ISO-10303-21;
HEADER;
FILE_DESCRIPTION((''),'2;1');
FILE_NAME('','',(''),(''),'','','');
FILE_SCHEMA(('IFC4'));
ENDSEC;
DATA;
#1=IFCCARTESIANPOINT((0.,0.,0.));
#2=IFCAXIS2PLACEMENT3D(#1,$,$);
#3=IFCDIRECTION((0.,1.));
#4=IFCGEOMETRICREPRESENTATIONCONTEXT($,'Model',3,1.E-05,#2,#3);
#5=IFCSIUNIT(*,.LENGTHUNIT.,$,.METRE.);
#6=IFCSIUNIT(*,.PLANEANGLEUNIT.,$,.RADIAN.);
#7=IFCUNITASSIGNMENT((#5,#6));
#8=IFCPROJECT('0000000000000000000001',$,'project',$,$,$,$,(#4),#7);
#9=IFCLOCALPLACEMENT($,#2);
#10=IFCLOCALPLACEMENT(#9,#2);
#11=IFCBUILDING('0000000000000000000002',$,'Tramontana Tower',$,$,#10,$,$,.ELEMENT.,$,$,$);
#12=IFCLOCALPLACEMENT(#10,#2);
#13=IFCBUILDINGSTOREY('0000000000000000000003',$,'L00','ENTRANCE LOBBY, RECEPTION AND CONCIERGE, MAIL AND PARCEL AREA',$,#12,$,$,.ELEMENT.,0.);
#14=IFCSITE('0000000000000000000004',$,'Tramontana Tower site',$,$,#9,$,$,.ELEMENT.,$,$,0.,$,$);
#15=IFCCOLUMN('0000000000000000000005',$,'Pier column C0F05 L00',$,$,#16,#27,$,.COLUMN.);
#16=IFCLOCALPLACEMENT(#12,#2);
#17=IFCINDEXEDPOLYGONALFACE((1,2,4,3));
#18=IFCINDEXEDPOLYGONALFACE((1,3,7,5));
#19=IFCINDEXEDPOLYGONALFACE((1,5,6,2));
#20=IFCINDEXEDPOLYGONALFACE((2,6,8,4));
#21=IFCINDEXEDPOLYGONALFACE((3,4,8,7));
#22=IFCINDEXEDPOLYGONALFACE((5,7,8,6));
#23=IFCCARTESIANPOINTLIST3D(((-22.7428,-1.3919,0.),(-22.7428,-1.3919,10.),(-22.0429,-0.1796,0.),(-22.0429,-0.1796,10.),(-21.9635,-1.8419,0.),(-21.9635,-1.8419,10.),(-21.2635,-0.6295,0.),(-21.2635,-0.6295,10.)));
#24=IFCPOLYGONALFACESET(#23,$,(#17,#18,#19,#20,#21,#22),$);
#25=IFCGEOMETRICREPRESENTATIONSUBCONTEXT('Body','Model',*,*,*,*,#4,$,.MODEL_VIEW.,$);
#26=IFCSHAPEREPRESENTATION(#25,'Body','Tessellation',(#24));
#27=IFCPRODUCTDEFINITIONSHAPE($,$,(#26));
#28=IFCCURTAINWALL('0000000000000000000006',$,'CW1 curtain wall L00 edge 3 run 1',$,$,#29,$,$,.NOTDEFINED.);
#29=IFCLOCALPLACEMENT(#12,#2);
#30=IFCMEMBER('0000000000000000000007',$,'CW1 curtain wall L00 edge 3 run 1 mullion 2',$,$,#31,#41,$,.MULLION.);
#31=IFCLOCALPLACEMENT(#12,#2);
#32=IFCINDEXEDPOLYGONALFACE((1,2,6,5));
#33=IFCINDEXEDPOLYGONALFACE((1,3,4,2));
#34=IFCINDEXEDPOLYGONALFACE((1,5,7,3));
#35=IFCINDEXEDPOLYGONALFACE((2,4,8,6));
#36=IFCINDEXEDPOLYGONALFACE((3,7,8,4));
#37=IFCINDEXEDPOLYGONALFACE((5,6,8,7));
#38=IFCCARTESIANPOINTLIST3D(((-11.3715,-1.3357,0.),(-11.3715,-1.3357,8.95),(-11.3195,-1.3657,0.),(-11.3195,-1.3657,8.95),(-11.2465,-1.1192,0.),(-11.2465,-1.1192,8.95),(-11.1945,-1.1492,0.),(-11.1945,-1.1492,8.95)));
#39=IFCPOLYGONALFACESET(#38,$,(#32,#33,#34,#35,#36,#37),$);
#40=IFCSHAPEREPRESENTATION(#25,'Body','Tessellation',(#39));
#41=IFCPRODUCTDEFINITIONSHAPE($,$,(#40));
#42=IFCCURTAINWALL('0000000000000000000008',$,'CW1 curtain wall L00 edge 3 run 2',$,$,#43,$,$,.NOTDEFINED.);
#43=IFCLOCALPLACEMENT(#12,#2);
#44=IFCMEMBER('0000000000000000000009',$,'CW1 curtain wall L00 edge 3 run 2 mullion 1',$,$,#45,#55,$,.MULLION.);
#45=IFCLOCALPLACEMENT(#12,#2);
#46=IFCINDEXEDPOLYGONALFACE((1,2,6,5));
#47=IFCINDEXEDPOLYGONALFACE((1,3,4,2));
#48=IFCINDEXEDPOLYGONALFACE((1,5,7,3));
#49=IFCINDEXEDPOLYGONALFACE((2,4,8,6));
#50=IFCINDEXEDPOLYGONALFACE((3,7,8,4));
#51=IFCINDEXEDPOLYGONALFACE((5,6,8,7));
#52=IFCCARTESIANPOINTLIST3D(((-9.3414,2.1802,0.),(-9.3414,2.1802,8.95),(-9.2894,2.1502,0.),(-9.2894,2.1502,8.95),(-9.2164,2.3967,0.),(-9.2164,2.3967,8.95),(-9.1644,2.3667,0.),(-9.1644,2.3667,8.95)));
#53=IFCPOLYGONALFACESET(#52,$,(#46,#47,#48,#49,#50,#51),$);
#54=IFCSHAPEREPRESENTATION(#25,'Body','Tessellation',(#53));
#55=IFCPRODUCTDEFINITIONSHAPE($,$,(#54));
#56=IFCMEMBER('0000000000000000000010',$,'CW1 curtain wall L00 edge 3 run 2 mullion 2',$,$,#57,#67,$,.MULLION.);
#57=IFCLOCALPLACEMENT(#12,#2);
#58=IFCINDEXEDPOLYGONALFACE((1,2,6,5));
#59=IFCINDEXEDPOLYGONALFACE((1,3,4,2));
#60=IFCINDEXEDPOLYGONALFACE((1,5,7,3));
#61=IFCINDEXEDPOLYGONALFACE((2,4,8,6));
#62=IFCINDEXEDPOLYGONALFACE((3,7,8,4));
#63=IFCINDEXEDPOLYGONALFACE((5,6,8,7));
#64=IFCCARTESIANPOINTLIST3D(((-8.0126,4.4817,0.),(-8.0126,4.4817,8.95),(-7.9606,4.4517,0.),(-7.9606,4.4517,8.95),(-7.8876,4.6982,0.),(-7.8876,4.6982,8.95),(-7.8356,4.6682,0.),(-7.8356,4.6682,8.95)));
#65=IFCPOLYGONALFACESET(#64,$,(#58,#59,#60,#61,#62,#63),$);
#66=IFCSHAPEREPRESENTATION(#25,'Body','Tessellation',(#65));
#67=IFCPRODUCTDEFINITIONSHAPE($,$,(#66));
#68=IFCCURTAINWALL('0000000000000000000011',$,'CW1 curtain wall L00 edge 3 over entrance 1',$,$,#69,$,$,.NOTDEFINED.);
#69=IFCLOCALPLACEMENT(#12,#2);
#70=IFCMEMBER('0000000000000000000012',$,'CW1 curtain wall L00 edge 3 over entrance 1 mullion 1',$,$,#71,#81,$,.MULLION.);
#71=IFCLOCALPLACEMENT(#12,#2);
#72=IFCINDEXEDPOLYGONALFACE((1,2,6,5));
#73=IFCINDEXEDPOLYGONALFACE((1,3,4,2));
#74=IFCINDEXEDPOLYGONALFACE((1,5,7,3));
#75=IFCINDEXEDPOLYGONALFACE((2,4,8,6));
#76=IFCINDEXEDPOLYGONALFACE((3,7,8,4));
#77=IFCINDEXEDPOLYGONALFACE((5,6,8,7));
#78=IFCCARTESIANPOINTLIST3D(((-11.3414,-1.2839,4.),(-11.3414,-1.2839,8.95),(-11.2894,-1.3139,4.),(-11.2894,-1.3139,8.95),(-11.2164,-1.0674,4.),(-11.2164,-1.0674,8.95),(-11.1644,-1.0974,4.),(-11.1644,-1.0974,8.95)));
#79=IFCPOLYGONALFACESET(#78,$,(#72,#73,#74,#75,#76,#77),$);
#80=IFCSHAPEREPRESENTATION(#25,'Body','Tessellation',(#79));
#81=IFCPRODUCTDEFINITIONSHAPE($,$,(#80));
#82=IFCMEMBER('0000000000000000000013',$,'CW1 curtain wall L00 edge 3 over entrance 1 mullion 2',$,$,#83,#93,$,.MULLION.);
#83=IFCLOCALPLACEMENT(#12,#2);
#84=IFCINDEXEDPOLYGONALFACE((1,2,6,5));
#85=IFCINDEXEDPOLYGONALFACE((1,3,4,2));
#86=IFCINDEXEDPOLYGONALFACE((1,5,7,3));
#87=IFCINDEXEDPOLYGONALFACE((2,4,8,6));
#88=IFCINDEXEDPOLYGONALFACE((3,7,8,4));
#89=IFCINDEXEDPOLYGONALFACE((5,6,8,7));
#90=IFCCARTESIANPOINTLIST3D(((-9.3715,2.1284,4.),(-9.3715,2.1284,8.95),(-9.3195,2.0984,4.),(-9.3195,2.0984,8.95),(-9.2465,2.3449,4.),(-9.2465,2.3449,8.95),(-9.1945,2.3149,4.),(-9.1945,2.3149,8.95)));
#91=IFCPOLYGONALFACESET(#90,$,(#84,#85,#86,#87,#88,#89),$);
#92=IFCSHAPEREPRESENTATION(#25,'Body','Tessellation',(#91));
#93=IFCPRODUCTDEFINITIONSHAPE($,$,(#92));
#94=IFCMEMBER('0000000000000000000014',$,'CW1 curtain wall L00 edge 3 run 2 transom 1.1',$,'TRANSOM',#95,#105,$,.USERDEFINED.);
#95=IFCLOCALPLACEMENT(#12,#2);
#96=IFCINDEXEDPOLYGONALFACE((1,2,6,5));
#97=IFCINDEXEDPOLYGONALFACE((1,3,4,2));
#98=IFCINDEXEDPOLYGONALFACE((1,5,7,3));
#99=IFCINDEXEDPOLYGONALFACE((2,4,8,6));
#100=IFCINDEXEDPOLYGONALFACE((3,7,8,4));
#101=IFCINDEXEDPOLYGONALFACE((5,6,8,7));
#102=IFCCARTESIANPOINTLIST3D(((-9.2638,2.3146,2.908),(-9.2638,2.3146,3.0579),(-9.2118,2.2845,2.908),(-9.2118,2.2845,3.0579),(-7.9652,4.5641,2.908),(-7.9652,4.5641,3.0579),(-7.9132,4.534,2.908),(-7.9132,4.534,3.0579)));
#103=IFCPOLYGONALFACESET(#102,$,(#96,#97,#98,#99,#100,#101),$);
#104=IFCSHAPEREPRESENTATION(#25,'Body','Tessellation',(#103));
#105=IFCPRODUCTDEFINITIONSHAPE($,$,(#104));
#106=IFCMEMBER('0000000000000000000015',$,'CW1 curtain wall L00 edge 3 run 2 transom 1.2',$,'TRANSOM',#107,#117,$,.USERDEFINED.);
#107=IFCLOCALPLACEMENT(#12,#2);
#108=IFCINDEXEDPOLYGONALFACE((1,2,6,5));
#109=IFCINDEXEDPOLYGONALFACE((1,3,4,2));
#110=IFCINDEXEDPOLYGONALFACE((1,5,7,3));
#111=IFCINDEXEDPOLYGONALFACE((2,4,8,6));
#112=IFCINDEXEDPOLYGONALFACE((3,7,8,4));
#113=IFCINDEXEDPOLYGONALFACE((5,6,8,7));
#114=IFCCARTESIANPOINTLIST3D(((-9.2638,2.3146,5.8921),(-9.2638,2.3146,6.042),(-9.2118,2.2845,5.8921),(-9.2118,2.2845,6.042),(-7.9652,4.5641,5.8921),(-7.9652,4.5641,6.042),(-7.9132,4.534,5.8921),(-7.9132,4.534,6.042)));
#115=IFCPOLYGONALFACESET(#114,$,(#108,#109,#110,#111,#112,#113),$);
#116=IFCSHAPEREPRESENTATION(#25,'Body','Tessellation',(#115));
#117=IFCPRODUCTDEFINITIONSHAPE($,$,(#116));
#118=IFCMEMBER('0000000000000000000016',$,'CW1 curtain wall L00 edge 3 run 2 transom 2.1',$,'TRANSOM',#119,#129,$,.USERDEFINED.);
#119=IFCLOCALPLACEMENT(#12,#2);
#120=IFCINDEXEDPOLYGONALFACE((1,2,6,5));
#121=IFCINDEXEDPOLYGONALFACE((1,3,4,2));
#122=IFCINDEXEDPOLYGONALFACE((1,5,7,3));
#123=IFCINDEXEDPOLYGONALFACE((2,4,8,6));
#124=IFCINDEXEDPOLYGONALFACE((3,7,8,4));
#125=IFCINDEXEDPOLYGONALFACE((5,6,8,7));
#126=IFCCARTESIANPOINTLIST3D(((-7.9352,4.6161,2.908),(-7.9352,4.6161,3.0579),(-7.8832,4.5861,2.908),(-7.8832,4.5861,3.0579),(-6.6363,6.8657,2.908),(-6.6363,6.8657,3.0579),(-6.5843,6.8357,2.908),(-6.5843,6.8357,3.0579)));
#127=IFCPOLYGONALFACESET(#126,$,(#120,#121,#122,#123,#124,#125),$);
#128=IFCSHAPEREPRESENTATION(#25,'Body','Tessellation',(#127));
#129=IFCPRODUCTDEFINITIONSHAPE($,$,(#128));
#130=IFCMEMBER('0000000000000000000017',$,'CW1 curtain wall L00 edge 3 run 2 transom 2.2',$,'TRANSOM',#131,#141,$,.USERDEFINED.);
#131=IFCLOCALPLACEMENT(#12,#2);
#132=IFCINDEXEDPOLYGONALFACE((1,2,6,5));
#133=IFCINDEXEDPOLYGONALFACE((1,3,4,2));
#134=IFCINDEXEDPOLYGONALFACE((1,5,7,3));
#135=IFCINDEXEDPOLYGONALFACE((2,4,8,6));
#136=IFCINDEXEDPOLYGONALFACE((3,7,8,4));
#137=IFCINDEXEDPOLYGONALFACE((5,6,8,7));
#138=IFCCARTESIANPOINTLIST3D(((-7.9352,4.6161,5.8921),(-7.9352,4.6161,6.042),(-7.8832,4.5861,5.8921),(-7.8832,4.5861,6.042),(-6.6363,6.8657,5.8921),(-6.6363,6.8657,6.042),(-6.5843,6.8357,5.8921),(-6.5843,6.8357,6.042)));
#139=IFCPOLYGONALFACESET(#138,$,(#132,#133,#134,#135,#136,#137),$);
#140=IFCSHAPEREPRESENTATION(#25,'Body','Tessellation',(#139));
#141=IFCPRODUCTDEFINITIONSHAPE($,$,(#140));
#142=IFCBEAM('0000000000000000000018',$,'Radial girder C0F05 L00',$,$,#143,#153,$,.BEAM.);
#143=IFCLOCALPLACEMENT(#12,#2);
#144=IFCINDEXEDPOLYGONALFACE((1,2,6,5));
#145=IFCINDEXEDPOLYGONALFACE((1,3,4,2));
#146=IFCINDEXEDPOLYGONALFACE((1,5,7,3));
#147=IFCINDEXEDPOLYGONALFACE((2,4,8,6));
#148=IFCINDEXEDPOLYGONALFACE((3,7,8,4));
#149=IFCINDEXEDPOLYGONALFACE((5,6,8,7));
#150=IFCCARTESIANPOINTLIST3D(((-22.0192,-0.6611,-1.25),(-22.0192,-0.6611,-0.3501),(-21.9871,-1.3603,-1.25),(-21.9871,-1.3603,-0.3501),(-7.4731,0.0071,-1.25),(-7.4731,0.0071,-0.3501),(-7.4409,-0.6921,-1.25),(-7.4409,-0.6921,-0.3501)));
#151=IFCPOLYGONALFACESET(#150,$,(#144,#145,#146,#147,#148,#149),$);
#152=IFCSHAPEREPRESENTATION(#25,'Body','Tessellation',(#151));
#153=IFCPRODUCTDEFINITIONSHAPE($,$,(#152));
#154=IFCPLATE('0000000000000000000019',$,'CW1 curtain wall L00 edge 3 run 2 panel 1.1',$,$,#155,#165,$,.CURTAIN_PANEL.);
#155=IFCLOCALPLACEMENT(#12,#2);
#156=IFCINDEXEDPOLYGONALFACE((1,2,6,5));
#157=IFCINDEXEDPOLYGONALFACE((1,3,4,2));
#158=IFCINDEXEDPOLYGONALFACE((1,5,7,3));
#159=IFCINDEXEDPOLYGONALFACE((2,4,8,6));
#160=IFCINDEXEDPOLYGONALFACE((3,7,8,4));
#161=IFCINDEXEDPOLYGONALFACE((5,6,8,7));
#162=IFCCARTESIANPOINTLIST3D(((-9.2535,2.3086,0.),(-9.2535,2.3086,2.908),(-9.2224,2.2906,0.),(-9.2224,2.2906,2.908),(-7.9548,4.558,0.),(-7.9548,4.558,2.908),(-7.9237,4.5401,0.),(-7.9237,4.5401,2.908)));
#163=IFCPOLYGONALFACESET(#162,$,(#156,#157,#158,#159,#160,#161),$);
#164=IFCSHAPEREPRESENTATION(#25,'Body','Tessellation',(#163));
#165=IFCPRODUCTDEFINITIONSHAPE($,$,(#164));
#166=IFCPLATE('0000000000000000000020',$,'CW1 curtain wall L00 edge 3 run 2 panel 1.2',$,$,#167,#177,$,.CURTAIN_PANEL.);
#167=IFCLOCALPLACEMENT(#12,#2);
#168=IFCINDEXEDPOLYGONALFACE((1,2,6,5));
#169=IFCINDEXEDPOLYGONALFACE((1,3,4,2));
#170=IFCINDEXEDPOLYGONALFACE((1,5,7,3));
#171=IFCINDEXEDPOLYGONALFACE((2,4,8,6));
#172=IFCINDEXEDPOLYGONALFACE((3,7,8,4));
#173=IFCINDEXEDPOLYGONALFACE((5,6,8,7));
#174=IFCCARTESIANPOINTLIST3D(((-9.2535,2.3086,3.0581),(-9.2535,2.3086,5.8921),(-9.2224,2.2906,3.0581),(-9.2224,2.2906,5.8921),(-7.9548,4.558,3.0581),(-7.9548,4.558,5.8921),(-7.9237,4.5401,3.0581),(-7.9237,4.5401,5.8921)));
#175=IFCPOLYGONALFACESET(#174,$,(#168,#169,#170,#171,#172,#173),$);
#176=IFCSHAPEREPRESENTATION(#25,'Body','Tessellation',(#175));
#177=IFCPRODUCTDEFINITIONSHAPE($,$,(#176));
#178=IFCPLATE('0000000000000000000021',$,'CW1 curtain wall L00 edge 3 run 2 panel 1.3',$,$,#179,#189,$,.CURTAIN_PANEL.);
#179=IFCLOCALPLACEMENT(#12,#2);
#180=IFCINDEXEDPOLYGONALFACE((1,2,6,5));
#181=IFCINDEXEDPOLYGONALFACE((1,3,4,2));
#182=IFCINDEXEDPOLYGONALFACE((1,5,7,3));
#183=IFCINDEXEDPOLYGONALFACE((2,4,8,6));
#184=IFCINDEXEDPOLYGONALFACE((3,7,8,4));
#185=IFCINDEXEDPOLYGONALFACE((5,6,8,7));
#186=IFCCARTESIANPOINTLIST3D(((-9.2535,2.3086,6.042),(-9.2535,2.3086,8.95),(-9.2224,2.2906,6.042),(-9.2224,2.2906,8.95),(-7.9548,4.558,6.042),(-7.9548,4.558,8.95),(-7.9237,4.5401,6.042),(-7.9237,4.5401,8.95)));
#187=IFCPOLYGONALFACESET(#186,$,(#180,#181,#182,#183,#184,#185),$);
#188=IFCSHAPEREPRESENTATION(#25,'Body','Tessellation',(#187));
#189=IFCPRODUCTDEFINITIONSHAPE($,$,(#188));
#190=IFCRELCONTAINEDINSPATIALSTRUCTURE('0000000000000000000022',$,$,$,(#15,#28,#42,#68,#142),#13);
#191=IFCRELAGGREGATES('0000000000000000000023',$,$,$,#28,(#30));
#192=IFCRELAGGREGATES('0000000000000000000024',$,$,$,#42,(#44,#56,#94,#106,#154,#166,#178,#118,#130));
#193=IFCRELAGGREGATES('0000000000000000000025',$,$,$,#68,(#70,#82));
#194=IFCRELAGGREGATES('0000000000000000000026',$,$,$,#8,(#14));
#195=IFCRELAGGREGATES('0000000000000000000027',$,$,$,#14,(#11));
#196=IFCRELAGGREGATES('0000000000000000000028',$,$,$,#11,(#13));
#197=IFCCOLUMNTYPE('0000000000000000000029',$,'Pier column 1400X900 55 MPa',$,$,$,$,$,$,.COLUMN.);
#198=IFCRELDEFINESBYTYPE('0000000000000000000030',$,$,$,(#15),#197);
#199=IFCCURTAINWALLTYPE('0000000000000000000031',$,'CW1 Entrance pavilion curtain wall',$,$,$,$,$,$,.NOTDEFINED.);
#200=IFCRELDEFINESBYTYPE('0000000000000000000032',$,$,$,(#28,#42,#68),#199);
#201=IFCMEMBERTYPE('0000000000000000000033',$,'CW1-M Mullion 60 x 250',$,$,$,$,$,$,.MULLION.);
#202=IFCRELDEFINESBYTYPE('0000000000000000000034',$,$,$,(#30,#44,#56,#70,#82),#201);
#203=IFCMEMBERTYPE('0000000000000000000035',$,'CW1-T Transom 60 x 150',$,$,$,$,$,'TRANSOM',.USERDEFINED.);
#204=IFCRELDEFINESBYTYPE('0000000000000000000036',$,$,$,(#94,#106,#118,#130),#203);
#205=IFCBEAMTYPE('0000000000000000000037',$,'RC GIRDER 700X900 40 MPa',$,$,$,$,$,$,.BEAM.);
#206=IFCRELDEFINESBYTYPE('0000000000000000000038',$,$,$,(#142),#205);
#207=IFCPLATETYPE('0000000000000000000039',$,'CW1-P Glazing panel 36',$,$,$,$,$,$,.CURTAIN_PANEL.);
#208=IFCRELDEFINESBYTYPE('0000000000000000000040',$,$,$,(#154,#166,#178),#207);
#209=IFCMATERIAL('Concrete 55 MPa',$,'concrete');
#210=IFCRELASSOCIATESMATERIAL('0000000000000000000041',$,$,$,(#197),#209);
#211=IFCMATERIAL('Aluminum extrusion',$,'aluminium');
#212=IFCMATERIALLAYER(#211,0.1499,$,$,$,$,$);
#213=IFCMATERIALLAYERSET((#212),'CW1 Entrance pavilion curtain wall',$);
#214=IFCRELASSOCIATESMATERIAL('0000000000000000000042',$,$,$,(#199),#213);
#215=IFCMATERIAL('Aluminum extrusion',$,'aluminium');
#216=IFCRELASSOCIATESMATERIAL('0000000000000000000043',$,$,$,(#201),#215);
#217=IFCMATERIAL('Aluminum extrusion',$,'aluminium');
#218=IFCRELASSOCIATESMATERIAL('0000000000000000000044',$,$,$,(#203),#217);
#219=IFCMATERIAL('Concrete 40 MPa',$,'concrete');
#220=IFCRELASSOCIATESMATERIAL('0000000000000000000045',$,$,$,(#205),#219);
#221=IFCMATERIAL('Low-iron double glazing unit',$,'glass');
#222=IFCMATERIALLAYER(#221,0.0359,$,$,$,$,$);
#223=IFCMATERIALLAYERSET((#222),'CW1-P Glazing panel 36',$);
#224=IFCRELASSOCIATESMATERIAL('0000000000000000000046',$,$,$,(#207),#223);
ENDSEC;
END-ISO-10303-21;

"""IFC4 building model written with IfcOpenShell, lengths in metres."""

from ifc_helpers import new_model, si_unit, direction, frame, origin, origin_2d, place, context, subcontext, project, spatial, rectangle, extrude, material, layer, layer_set, material_profile, profile_set, type_object, element, aggregate, save


model = new_model("IFC4")

# Units and contexts
model_context = context("Model", 3, precision=1e-05, world=origin(), true_north=direction((0.0, 1.0)))
body_context = subcontext(model_context, "Body", "Model", "MODEL_VIEW")
ifc_project = project(units=[si_unit("LENGTHUNIT", "METRE"), si_unit("PLANEANGLEUNIT", "RADIAN")], contexts=[model_context])

# Site, building, storey
site_placement = place(None, origin())
site = spatial("IfcSite", under=ifc_project, at=site_placement, Name="Tramontana Tower site", CompositionType="ELEMENT", RefElevation=0.0)
building_placement = place(site_placement, origin())
building = spatial("IfcBuilding", under=site, at=building_placement, Name="Tramontana Tower", CompositionType="ELEMENT")
storey_placement = place(building_placement, origin())
storey = spatial("IfcBuildingStorey", under=building, at=storey_placement, Name="L00", Description="ENTRANCE LOBBY, RECEPTION AND CONCIERGE, MAIL AND PARCEL AREA", CompositionType="ELEMENT", Elevation=0.0)

# Column
ifc_material_1 = material(Name="Concrete 55 MPa", Category="concrete")
ifc_material_profile_1 = material_profile(ifc_material_1, rectangle(XDim=1.3999, YDim=0.8999, at=origin_2d()), Name="Pier column 1400X900 55 MPa")
ifc_profile_set_1 = profile_set([ifc_material_profile_1], Name="Concrete 55 MPa")
column_type = type_object("IfcColumnType", Name="Pier column 1400X900 55 MPa", PredefinedType="COLUMN", material=ifc_profile_set_1)
column_placement = place(storey_placement, frame((-22.0032, -1.0107, 0.0), z_axis=(0.0, 0.0, 1.0), x_axis=(-0.5, -0.866025, 0.0)))
element("IfcColumn", 1, at=column_placement, inside=storey, type_object=column_type, Name="Pier column C0F05 L00", PredefinedType="COLUMN", context=body_context, shape_type="SweptSolid", body=[
    extrude(rectangle(XDim=1.3999, YDim=0.8999, at=origin_2d()), origin(), (0.0, 0.0, 1.0), 10.0),
])

# Curtain wall, member
ifc_material_2 = material(Name="Aluminum extrusion", Category="aluminium")
ifc_layer_1 = layer(ifc_material_2, 0.1499)
ifc_layer_set_1 = layer_set([ifc_layer_1], Name="CW1 Entrance pavilion curtain wall")
curtain_wall_type = type_object("IfcCurtainWallType", Name="CW1 Entrance pavilion curtain wall", PredefinedType="NOTDEFINED", material=ifc_layer_set_1)
curtain_wall_1_placement = place(storey_placement, origin())
curtain_wall_1 = element("IfcCurtainWall", 2, at=curtain_wall_1_placement, inside=storey, type_object=curtain_wall_type, Name="CW1 curtain wall L00 edge 3 run 1", PredefinedType="NOTDEFINED")
ifc_material_3 = material(Name="Aluminum extrusion", Category="aluminium")
ifc_material_profile_2 = material_profile(ifc_material_3, rectangle(XDim=0.0601, YDim=0.25, at=origin_2d()), Name="CW1-M Mullion 60 x 250")
ifc_profile_set_2 = profile_set([ifc_material_profile_2], Name="Aluminum extrusion")
member_type_1 = type_object("IfcMemberType", Name="CW1-M Mullion 60 x 250", PredefinedType="MULLION", material=ifc_profile_set_2)
member_1_placement = place(storey_placement, frame((-11.283, -1.2424, 0.0), z_axis=(0.0, 0.0, 1.0), x_axis=(-0.866025, 0.5, 0.0)))
member_1 = element("IfcMember", 3, at=member_1_placement, type_object=member_type_1, Name="CW1 curtain wall L00 edge 3 run 1 mullion 2", PredefinedType="MULLION", context=body_context, shape_type="SweptSolid", body=[
    extrude(rectangle(XDim=0.0601, YDim=0.25, at=origin_2d()), origin(), (0.0, 0.0, 1.0), 8.95),
])
aggregate(curtain_wall_1, [member_1])

# Curtain walls, members
curtain_wall_2_placement = place(storey_placement, origin())
curtain_wall_2 = element("IfcCurtainWall", 4, at=curtain_wall_2_placement, inside=storey, type_object=curtain_wall_type, Name="CW1 curtain wall L00 edge 3 run 2", PredefinedType="NOTDEFINED")
member_2_placement = place(storey_placement, frame((-9.2529, 2.2734, 0.0), z_axis=(0.0, 0.0, 1.0), x_axis=(-0.866025, 0.5, 0.0)))
member_2 = element("IfcMember", 5, at=member_2_placement, type_object=member_type_1, Name="CW1 curtain wall L00 edge 3 run 2 mullion 1", PredefinedType="MULLION", context=body_context, shape_type="SweptSolid", body=[
    extrude(rectangle(XDim=0.0601, YDim=0.25, at=origin_2d()), origin(), (0.0, 0.0, 1.0), 8.95),
])
member_3_placement = place(storey_placement, frame((-7.9241, 4.575, 0.0), z_axis=(0.0, 0.0, 1.0), x_axis=(-0.866025, 0.5, 0.0)))
member_3 = element("IfcMember", 6, at=member_3_placement, type_object=member_type_1, Name="CW1 curtain wall L00 edge 3 run 2 mullion 2", PredefinedType="MULLION", context=body_context, shape_type="SweptSolid", body=[
    extrude(rectangle(XDim=0.0601, YDim=0.25, at=origin_2d()), origin(), (0.0, 0.0, 1.0), 8.95),
])
curtain_wall_3_placement = place(storey_placement, origin())
curtain_wall_3 = element("IfcCurtainWall", 7, at=curtain_wall_3_placement, inside=storey, type_object=curtain_wall_type, Name="CW1 curtain wall L00 edge 3 over entrance 1", PredefinedType="NOTDEFINED")
member_4_placement = place(storey_placement, frame((-11.2529, -1.1907, 4.0), z_axis=(0.0, 0.0, 1.0), x_axis=(-0.866025, 0.5, 0.0)))
member_4 = element("IfcMember", 8, at=member_4_placement, type_object=member_type_1, Name="CW1 curtain wall L00 edge 3 over entrance 1 mullion 1", PredefinedType="MULLION", context=body_context, shape_type="SweptSolid", body=[
    extrude(rectangle(XDim=0.0601, YDim=0.25, at=origin_2d()), origin(), (0.0, 0.0, 1.0), 4.95),
])
member_5_placement = place(storey_placement, frame((-9.283, 2.2217, 4.0), z_axis=(0.0, 0.0, 1.0), x_axis=(-0.866025, 0.5, 0.0)))
member_5 = element("IfcMember", 9, at=member_5_placement, type_object=member_type_1, Name="CW1 curtain wall L00 edge 3 over entrance 1 mullion 2", PredefinedType="MULLION", context=body_context, shape_type="SweptSolid", body=[
    extrude(rectangle(XDim=0.0601, YDim=0.25, at=origin_2d()), origin(), (0.0, 0.0, 1.0), 4.95),
])

# Members
ifc_material_4 = material(Name="Aluminum extrusion", Category="aluminium")
ifc_material_profile_3 = material_profile(ifc_material_4, rectangle(XDim=0.0601, YDim=0.1499, at=origin_2d()), Name="CW1-T Transom 60 x 150")
ifc_profile_set_3 = profile_set([ifc_material_profile_3], Name="Aluminum extrusion")
member_type_2 = type_object("IfcMemberType", Name="CW1-T Transom 60 x 150", ElementType="TRANSOM", PredefinedType="USERDEFINED", material=ifc_profile_set_3)
member_6_placement = place(storey_placement, frame((-9.2378, 2.2996, 2.9829), z_axis=(0.49995, 0.866054, 0.0), x_axis=(-0.866054, 0.49995, 0.0)))
member_6 = element("IfcMember", 10, at=member_6_placement, type_object=member_type_2, Name="CW1 curtain wall L00 edge 3 run 2 transom 1.1", ObjectType="TRANSOM", PredefinedType="USERDEFINED", context=body_context, shape_type="SweptSolid", body=[
    extrude(rectangle(XDim=0.0601, YDim=0.1499, at=origin_2d()), origin(), (0.0, 0.0, 1.0), 2.5974),
])
member_7_placement = place(storey_placement, frame((-9.2378, 2.2996, 5.967), z_axis=(0.49995, 0.866054, 0.0), x_axis=(-0.866054, 0.49995, 0.0)))
member_7 = element("IfcMember", 11, at=member_7_placement, type_object=member_type_2, Name="CW1 curtain wall L00 edge 3 run 2 transom 1.2", ObjectType="TRANSOM", PredefinedType="USERDEFINED", context=body_context, shape_type="SweptSolid", body=[
    extrude(rectangle(XDim=0.0601, YDim=0.1499, at=origin_2d()), origin(), (0.0, 0.0, 1.0), 2.5974),
])
member_8_placement = place(storey_placement, frame((-7.9092, 4.6011, 2.9829), z_axis=(0.500021, 0.866013, 0.0), x_axis=(-0.866013, 0.500021, 0.0)))
member_8 = element("IfcMember", 12, at=member_8_placement, type_object=member_type_2, Name="CW1 curtain wall L00 edge 3 run 2 transom 2.1", ObjectType="TRANSOM", PredefinedType="USERDEFINED", context=body_context, shape_type="SweptSolid", body=[
    extrude(rectangle(XDim=0.0601, YDim=0.1499, at=origin_2d()), origin(), (0.0, 0.0, 1.0), 2.5977),
])
member_9_placement = place(storey_placement, frame((-7.9092, 4.6011, 5.967), z_axis=(0.500021, 0.866013, 0.0), x_axis=(-0.866013, 0.500021, 0.0)))
member_9 = element("IfcMember", 13, at=member_9_placement, type_object=member_type_2, Name="CW1 curtain wall L00 edge 3 run 2 transom 2.2", ObjectType="TRANSOM", PredefinedType="USERDEFINED", context=body_context, shape_type="SweptSolid", body=[
    extrude(rectangle(XDim=0.0601, YDim=0.1499, at=origin_2d()), origin(), (0.0, 0.0, 1.0), 2.5977),
])

# Beam
ifc_material_5 = material(Name="Concrete 40 MPa", Category="concrete")
ifc_material_profile_4 = material_profile(ifc_material_5, rectangle(XDim=0.7, YDim=0.8999, at=origin_2d()), Name="RC GIRDER 700X900 40 MPa")
ifc_profile_set_4 = profile_set([ifc_material_profile_4], Name="Concrete 40 MPa")
beam_type = type_object("IfcBeamType", Name="RC GIRDER 700X900 40 MPa", PredefinedType="BEAM", material=ifc_profile_set_4)
beam_placement = place(storey_placement, frame((-22.0032, -1.0107, -0.8), z_axis=(0.998947, 0.045889, 0.0), x_axis=(-0.045889, 0.998947, 0.0)))
element("IfcBeam", 14, at=beam_placement, inside=storey, type_object=beam_type, Name="Radial girder C0F05 L00", PredefinedType="BEAM", context=body_context, shape_type="SweptSolid", body=[
    extrude(rectangle(XDim=0.7, YDim=0.8999, at=origin_2d()), origin(), (0.0, 0.0, 1.0), 14.5615),
])

# Plates
ifc_material_6 = material(Name="Low-iron double glazing unit", Category="glass")
ifc_layer_2 = layer(ifc_material_6, 0.0359)
ifc_layer_set_2 = layer_set([ifc_layer_2], Name="CW1-P Glazing panel 36")
plate_type = type_object("IfcPlateType", Name="CW1-P Glazing panel 36", PredefinedType="CURTAIN_PANEL", material=ifc_layer_set_2)
plate_1_placement = place(storey_placement, frame((-8.5886, 3.4243, 0.0), z_axis=(0.0, 0.0, 1.0), x_axis=(0.5, 0.866025, 0.0)))
plate_1 = element("IfcPlate", 15, at=plate_1_placement, type_object=plate_type, Name="CW1 curtain wall L00 edge 3 run 2 panel 1.1", PredefinedType="CURTAIN_PANEL", context=body_context, shape_type="SweptSolid", body=[
    extrude(rectangle(XDim=2.5974, YDim=0.0359, at=origin_2d()), origin(), (0.0, 0.0, 1.0), 2.908),
])
plate_2_placement = place(storey_placement, frame((-8.5886, 3.4243, 3.0581), z_axis=(0.0, 0.0, 1.0), x_axis=(0.5, 0.866025, 0.0)))
plate_2 = element("IfcPlate", 16, at=plate_2_placement, type_object=plate_type, Name="CW1 curtain wall L00 edge 3 run 2 panel 1.2", PredefinedType="CURTAIN_PANEL", context=body_context, shape_type="SweptSolid", body=[
    extrude(rectangle(XDim=2.5974, YDim=0.0359, at=origin_2d()), origin(), (0.0, 0.0, 1.0), 2.834),
])
plate_3_placement = place(storey_placement, frame((-8.5886, 3.4243, 6.042), z_axis=(0.0, 0.0, 1.0), x_axis=(0.5, 0.866025, 0.0)))
plate_3 = element("IfcPlate", 17, at=plate_3_placement, type_object=plate_type, Name="CW1 curtain wall L00 edge 3 run 2 panel 1.3", PredefinedType="CURTAIN_PANEL", context=body_context, shape_type="SweptSolid", body=[
    extrude(rectangle(XDim=2.5974, YDim=0.0359, at=origin_2d()), origin(), (0.0, 0.0, 1.0), 2.908),
])
aggregate(curtain_wall_2, [member_2, member_3, member_6, member_7, plate_1, plate_2, plate_3, member_8, member_9])
aggregate(curtain_wall_3, [member_4, member_5])

save(model, "model.ifc")
